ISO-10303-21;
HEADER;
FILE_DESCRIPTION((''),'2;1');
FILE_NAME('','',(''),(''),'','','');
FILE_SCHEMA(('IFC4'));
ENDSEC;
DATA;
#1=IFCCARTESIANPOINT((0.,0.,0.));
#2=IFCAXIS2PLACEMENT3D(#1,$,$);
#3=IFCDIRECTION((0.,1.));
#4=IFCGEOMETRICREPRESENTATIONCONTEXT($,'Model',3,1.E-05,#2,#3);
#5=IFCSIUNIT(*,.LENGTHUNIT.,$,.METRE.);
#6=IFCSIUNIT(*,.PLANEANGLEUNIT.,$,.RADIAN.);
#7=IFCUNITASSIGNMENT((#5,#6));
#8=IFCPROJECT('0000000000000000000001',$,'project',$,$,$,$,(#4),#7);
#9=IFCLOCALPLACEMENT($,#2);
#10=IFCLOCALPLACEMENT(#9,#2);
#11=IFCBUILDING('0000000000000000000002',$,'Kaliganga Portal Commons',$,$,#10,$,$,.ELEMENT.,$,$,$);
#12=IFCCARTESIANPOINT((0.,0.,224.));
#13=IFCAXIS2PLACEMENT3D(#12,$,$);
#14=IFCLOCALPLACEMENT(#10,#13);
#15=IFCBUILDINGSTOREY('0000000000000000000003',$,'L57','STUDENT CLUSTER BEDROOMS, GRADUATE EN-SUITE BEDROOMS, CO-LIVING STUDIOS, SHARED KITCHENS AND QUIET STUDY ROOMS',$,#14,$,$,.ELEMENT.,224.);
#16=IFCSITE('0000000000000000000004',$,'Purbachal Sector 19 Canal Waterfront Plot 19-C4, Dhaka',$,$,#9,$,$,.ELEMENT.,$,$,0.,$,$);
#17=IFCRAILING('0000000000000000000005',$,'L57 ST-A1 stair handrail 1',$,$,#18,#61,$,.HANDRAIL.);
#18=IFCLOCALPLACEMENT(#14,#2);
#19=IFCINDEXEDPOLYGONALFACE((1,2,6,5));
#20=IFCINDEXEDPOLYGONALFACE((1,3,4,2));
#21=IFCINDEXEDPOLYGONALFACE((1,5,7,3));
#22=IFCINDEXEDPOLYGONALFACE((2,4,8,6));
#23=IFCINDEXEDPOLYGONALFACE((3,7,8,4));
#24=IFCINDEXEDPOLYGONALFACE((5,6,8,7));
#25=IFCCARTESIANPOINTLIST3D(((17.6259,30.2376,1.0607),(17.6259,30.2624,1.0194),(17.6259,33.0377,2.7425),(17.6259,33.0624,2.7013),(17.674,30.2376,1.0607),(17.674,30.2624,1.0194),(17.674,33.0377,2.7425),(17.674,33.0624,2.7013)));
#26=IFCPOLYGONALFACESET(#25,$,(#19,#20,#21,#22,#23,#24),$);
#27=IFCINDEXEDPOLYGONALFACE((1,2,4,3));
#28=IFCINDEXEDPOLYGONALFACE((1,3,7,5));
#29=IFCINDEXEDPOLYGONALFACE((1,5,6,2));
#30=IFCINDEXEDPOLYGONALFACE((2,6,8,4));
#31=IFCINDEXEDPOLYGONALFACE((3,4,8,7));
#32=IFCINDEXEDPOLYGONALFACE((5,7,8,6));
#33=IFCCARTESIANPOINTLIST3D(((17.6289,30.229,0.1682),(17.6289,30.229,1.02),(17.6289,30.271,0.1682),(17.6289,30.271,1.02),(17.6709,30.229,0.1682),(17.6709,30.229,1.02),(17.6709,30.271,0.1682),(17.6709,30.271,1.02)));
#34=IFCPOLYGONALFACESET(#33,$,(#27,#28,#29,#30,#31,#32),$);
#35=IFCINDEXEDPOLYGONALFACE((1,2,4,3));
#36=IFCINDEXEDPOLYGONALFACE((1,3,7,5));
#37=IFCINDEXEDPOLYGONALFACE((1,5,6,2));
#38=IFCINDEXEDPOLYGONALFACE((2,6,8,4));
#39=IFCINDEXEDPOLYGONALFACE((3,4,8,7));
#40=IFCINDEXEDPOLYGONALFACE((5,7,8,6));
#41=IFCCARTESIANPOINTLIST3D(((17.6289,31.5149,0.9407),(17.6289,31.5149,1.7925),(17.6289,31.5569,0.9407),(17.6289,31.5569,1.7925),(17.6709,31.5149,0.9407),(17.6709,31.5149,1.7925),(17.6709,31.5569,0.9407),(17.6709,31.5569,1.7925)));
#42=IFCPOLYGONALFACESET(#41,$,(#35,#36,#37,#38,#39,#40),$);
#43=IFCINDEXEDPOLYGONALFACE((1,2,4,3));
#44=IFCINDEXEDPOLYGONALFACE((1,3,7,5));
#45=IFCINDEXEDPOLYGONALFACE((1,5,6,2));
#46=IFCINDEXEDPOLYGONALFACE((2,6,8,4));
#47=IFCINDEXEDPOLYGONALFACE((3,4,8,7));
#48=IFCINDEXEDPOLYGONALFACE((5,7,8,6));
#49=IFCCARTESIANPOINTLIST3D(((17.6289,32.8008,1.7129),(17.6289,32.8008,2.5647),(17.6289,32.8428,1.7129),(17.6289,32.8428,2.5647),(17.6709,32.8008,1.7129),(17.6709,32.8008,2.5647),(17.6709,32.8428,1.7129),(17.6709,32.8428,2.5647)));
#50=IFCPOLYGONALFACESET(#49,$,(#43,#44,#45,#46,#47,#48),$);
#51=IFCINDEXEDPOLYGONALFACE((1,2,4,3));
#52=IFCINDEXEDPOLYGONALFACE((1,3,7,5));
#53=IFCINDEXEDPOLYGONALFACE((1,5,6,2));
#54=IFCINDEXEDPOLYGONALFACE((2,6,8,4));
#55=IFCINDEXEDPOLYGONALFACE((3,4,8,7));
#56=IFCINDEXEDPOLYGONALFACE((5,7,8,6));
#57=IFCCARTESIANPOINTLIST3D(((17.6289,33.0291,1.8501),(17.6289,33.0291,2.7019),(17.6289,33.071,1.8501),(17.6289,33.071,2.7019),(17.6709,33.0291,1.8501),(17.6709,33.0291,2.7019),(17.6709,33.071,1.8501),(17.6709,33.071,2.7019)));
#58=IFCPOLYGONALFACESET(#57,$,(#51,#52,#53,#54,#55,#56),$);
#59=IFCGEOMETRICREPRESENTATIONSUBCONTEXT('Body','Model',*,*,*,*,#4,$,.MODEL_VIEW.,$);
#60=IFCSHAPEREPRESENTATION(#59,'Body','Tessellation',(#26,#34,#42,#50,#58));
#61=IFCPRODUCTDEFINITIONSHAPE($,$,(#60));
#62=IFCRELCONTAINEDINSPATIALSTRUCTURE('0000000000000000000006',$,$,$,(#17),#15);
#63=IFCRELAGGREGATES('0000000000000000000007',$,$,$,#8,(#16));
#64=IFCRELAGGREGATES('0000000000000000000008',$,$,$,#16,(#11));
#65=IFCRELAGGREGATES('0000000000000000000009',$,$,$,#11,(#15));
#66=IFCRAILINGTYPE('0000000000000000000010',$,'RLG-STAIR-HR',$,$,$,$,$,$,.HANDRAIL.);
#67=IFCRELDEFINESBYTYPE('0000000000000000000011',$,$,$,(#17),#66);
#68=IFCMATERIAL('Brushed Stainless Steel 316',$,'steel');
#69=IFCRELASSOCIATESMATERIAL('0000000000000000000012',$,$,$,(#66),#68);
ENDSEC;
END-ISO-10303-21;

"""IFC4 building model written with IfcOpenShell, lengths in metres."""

from ifc_helpers import new_model, si_unit, direction, frame, origin, origin_2d, place, context, subcontext, project, spatial, rectangle, extrude, material, type_object, element, save


model = new_model("IFC4")

# Units and contexts
model_context = context("Model", 3, precision=1e-05, world=origin(), true_north=direction((0.0, 1.0)))
body_context = subcontext(model_context, "Body", "Model", "MODEL_VIEW")
ifc_project = project(units=[si_unit("LENGTHUNIT", "METRE"), si_unit("PLANEANGLEUNIT", "RADIAN")], contexts=[model_context])

# Site, building, storey
site_placement = place(None, origin())
site = spatial("IfcSite", under=ifc_project, at=site_placement, Name="Purbachal Sector 19 Canal Waterfront Plot 19-C4, Dhaka", CompositionType="ELEMENT", RefElevation=0.0)
building_placement = place(site_placement, origin())
building = spatial("IfcBuilding", under=site, at=building_placement, Name="Kaliganga Portal Commons", CompositionType="ELEMENT")
storey_placement = place(building_placement, frame((0.0, 0.0, 224.0)))
storey = spatial("IfcBuildingStorey", under=building, at=storey_placement, Name="L57", Description="STUDENT CLUSTER BEDROOMS, GRADUATE EN-SUITE BEDROOMS, CO-LIVING STUDIOS, SHARED KITCHENS AND QUIET STUDY ROOMS", CompositionType="ELEMENT", Elevation=224.0)

# Railing
ifc_material_1 = material(Name="Brushed Stainless Steel 316", Category="steel")
railing_type_1 = type_object("IfcRailingType", Name="RLG-STAIR-HR", PredefinedType="HANDRAIL", material=ifc_material_1)
railing_1_placement = place(storey_placement, frame((17.6499, 30.25, 0.1682)))
element("IfcRailing", 1, at=railing_1_placement, inside=storey, type_object=railing_type_1, Name="L57 ST-A1 stair handrail 1", PredefinedType="HANDRAIL", context=body_context, shape_type="SweptSolid", body=[
    extrude(rectangle(XDim=0.0481, YDim=0.0481, at=origin_2d()), frame((0.0, 0.0, 0.8718), z_axis=(0.0, 0.857242, 0.514913), x_axis=(-1.0, 0.0, 0.0)), (0.0, 0.0, 1.0), 3.2664),
    extrude(rectangle(XDim=0.042, YDim=0.042, at=origin_2d()), origin(), (0.0, 0.0, 1.0), 0.8518),
    extrude(rectangle(XDim=0.042, YDim=0.042, at=origin_2d()), frame((0.0, 1.2859, 0.7725)), (0.0, 0.0, 1.0), 0.8518),
    extrude(rectangle(XDim=0.042, YDim=0.042, at=origin_2d()), frame((0.0, 2.5718, 1.5447)), (0.0, 0.0, 1.0), 0.8518),
    extrude(rectangle(XDim=0.042, YDim=0.042, at=origin_2d()), frame((0.0, 2.8, 1.6819)), (0.0, 0.0, 1.0), 0.8518),
])

save(model, "model.ifc")
